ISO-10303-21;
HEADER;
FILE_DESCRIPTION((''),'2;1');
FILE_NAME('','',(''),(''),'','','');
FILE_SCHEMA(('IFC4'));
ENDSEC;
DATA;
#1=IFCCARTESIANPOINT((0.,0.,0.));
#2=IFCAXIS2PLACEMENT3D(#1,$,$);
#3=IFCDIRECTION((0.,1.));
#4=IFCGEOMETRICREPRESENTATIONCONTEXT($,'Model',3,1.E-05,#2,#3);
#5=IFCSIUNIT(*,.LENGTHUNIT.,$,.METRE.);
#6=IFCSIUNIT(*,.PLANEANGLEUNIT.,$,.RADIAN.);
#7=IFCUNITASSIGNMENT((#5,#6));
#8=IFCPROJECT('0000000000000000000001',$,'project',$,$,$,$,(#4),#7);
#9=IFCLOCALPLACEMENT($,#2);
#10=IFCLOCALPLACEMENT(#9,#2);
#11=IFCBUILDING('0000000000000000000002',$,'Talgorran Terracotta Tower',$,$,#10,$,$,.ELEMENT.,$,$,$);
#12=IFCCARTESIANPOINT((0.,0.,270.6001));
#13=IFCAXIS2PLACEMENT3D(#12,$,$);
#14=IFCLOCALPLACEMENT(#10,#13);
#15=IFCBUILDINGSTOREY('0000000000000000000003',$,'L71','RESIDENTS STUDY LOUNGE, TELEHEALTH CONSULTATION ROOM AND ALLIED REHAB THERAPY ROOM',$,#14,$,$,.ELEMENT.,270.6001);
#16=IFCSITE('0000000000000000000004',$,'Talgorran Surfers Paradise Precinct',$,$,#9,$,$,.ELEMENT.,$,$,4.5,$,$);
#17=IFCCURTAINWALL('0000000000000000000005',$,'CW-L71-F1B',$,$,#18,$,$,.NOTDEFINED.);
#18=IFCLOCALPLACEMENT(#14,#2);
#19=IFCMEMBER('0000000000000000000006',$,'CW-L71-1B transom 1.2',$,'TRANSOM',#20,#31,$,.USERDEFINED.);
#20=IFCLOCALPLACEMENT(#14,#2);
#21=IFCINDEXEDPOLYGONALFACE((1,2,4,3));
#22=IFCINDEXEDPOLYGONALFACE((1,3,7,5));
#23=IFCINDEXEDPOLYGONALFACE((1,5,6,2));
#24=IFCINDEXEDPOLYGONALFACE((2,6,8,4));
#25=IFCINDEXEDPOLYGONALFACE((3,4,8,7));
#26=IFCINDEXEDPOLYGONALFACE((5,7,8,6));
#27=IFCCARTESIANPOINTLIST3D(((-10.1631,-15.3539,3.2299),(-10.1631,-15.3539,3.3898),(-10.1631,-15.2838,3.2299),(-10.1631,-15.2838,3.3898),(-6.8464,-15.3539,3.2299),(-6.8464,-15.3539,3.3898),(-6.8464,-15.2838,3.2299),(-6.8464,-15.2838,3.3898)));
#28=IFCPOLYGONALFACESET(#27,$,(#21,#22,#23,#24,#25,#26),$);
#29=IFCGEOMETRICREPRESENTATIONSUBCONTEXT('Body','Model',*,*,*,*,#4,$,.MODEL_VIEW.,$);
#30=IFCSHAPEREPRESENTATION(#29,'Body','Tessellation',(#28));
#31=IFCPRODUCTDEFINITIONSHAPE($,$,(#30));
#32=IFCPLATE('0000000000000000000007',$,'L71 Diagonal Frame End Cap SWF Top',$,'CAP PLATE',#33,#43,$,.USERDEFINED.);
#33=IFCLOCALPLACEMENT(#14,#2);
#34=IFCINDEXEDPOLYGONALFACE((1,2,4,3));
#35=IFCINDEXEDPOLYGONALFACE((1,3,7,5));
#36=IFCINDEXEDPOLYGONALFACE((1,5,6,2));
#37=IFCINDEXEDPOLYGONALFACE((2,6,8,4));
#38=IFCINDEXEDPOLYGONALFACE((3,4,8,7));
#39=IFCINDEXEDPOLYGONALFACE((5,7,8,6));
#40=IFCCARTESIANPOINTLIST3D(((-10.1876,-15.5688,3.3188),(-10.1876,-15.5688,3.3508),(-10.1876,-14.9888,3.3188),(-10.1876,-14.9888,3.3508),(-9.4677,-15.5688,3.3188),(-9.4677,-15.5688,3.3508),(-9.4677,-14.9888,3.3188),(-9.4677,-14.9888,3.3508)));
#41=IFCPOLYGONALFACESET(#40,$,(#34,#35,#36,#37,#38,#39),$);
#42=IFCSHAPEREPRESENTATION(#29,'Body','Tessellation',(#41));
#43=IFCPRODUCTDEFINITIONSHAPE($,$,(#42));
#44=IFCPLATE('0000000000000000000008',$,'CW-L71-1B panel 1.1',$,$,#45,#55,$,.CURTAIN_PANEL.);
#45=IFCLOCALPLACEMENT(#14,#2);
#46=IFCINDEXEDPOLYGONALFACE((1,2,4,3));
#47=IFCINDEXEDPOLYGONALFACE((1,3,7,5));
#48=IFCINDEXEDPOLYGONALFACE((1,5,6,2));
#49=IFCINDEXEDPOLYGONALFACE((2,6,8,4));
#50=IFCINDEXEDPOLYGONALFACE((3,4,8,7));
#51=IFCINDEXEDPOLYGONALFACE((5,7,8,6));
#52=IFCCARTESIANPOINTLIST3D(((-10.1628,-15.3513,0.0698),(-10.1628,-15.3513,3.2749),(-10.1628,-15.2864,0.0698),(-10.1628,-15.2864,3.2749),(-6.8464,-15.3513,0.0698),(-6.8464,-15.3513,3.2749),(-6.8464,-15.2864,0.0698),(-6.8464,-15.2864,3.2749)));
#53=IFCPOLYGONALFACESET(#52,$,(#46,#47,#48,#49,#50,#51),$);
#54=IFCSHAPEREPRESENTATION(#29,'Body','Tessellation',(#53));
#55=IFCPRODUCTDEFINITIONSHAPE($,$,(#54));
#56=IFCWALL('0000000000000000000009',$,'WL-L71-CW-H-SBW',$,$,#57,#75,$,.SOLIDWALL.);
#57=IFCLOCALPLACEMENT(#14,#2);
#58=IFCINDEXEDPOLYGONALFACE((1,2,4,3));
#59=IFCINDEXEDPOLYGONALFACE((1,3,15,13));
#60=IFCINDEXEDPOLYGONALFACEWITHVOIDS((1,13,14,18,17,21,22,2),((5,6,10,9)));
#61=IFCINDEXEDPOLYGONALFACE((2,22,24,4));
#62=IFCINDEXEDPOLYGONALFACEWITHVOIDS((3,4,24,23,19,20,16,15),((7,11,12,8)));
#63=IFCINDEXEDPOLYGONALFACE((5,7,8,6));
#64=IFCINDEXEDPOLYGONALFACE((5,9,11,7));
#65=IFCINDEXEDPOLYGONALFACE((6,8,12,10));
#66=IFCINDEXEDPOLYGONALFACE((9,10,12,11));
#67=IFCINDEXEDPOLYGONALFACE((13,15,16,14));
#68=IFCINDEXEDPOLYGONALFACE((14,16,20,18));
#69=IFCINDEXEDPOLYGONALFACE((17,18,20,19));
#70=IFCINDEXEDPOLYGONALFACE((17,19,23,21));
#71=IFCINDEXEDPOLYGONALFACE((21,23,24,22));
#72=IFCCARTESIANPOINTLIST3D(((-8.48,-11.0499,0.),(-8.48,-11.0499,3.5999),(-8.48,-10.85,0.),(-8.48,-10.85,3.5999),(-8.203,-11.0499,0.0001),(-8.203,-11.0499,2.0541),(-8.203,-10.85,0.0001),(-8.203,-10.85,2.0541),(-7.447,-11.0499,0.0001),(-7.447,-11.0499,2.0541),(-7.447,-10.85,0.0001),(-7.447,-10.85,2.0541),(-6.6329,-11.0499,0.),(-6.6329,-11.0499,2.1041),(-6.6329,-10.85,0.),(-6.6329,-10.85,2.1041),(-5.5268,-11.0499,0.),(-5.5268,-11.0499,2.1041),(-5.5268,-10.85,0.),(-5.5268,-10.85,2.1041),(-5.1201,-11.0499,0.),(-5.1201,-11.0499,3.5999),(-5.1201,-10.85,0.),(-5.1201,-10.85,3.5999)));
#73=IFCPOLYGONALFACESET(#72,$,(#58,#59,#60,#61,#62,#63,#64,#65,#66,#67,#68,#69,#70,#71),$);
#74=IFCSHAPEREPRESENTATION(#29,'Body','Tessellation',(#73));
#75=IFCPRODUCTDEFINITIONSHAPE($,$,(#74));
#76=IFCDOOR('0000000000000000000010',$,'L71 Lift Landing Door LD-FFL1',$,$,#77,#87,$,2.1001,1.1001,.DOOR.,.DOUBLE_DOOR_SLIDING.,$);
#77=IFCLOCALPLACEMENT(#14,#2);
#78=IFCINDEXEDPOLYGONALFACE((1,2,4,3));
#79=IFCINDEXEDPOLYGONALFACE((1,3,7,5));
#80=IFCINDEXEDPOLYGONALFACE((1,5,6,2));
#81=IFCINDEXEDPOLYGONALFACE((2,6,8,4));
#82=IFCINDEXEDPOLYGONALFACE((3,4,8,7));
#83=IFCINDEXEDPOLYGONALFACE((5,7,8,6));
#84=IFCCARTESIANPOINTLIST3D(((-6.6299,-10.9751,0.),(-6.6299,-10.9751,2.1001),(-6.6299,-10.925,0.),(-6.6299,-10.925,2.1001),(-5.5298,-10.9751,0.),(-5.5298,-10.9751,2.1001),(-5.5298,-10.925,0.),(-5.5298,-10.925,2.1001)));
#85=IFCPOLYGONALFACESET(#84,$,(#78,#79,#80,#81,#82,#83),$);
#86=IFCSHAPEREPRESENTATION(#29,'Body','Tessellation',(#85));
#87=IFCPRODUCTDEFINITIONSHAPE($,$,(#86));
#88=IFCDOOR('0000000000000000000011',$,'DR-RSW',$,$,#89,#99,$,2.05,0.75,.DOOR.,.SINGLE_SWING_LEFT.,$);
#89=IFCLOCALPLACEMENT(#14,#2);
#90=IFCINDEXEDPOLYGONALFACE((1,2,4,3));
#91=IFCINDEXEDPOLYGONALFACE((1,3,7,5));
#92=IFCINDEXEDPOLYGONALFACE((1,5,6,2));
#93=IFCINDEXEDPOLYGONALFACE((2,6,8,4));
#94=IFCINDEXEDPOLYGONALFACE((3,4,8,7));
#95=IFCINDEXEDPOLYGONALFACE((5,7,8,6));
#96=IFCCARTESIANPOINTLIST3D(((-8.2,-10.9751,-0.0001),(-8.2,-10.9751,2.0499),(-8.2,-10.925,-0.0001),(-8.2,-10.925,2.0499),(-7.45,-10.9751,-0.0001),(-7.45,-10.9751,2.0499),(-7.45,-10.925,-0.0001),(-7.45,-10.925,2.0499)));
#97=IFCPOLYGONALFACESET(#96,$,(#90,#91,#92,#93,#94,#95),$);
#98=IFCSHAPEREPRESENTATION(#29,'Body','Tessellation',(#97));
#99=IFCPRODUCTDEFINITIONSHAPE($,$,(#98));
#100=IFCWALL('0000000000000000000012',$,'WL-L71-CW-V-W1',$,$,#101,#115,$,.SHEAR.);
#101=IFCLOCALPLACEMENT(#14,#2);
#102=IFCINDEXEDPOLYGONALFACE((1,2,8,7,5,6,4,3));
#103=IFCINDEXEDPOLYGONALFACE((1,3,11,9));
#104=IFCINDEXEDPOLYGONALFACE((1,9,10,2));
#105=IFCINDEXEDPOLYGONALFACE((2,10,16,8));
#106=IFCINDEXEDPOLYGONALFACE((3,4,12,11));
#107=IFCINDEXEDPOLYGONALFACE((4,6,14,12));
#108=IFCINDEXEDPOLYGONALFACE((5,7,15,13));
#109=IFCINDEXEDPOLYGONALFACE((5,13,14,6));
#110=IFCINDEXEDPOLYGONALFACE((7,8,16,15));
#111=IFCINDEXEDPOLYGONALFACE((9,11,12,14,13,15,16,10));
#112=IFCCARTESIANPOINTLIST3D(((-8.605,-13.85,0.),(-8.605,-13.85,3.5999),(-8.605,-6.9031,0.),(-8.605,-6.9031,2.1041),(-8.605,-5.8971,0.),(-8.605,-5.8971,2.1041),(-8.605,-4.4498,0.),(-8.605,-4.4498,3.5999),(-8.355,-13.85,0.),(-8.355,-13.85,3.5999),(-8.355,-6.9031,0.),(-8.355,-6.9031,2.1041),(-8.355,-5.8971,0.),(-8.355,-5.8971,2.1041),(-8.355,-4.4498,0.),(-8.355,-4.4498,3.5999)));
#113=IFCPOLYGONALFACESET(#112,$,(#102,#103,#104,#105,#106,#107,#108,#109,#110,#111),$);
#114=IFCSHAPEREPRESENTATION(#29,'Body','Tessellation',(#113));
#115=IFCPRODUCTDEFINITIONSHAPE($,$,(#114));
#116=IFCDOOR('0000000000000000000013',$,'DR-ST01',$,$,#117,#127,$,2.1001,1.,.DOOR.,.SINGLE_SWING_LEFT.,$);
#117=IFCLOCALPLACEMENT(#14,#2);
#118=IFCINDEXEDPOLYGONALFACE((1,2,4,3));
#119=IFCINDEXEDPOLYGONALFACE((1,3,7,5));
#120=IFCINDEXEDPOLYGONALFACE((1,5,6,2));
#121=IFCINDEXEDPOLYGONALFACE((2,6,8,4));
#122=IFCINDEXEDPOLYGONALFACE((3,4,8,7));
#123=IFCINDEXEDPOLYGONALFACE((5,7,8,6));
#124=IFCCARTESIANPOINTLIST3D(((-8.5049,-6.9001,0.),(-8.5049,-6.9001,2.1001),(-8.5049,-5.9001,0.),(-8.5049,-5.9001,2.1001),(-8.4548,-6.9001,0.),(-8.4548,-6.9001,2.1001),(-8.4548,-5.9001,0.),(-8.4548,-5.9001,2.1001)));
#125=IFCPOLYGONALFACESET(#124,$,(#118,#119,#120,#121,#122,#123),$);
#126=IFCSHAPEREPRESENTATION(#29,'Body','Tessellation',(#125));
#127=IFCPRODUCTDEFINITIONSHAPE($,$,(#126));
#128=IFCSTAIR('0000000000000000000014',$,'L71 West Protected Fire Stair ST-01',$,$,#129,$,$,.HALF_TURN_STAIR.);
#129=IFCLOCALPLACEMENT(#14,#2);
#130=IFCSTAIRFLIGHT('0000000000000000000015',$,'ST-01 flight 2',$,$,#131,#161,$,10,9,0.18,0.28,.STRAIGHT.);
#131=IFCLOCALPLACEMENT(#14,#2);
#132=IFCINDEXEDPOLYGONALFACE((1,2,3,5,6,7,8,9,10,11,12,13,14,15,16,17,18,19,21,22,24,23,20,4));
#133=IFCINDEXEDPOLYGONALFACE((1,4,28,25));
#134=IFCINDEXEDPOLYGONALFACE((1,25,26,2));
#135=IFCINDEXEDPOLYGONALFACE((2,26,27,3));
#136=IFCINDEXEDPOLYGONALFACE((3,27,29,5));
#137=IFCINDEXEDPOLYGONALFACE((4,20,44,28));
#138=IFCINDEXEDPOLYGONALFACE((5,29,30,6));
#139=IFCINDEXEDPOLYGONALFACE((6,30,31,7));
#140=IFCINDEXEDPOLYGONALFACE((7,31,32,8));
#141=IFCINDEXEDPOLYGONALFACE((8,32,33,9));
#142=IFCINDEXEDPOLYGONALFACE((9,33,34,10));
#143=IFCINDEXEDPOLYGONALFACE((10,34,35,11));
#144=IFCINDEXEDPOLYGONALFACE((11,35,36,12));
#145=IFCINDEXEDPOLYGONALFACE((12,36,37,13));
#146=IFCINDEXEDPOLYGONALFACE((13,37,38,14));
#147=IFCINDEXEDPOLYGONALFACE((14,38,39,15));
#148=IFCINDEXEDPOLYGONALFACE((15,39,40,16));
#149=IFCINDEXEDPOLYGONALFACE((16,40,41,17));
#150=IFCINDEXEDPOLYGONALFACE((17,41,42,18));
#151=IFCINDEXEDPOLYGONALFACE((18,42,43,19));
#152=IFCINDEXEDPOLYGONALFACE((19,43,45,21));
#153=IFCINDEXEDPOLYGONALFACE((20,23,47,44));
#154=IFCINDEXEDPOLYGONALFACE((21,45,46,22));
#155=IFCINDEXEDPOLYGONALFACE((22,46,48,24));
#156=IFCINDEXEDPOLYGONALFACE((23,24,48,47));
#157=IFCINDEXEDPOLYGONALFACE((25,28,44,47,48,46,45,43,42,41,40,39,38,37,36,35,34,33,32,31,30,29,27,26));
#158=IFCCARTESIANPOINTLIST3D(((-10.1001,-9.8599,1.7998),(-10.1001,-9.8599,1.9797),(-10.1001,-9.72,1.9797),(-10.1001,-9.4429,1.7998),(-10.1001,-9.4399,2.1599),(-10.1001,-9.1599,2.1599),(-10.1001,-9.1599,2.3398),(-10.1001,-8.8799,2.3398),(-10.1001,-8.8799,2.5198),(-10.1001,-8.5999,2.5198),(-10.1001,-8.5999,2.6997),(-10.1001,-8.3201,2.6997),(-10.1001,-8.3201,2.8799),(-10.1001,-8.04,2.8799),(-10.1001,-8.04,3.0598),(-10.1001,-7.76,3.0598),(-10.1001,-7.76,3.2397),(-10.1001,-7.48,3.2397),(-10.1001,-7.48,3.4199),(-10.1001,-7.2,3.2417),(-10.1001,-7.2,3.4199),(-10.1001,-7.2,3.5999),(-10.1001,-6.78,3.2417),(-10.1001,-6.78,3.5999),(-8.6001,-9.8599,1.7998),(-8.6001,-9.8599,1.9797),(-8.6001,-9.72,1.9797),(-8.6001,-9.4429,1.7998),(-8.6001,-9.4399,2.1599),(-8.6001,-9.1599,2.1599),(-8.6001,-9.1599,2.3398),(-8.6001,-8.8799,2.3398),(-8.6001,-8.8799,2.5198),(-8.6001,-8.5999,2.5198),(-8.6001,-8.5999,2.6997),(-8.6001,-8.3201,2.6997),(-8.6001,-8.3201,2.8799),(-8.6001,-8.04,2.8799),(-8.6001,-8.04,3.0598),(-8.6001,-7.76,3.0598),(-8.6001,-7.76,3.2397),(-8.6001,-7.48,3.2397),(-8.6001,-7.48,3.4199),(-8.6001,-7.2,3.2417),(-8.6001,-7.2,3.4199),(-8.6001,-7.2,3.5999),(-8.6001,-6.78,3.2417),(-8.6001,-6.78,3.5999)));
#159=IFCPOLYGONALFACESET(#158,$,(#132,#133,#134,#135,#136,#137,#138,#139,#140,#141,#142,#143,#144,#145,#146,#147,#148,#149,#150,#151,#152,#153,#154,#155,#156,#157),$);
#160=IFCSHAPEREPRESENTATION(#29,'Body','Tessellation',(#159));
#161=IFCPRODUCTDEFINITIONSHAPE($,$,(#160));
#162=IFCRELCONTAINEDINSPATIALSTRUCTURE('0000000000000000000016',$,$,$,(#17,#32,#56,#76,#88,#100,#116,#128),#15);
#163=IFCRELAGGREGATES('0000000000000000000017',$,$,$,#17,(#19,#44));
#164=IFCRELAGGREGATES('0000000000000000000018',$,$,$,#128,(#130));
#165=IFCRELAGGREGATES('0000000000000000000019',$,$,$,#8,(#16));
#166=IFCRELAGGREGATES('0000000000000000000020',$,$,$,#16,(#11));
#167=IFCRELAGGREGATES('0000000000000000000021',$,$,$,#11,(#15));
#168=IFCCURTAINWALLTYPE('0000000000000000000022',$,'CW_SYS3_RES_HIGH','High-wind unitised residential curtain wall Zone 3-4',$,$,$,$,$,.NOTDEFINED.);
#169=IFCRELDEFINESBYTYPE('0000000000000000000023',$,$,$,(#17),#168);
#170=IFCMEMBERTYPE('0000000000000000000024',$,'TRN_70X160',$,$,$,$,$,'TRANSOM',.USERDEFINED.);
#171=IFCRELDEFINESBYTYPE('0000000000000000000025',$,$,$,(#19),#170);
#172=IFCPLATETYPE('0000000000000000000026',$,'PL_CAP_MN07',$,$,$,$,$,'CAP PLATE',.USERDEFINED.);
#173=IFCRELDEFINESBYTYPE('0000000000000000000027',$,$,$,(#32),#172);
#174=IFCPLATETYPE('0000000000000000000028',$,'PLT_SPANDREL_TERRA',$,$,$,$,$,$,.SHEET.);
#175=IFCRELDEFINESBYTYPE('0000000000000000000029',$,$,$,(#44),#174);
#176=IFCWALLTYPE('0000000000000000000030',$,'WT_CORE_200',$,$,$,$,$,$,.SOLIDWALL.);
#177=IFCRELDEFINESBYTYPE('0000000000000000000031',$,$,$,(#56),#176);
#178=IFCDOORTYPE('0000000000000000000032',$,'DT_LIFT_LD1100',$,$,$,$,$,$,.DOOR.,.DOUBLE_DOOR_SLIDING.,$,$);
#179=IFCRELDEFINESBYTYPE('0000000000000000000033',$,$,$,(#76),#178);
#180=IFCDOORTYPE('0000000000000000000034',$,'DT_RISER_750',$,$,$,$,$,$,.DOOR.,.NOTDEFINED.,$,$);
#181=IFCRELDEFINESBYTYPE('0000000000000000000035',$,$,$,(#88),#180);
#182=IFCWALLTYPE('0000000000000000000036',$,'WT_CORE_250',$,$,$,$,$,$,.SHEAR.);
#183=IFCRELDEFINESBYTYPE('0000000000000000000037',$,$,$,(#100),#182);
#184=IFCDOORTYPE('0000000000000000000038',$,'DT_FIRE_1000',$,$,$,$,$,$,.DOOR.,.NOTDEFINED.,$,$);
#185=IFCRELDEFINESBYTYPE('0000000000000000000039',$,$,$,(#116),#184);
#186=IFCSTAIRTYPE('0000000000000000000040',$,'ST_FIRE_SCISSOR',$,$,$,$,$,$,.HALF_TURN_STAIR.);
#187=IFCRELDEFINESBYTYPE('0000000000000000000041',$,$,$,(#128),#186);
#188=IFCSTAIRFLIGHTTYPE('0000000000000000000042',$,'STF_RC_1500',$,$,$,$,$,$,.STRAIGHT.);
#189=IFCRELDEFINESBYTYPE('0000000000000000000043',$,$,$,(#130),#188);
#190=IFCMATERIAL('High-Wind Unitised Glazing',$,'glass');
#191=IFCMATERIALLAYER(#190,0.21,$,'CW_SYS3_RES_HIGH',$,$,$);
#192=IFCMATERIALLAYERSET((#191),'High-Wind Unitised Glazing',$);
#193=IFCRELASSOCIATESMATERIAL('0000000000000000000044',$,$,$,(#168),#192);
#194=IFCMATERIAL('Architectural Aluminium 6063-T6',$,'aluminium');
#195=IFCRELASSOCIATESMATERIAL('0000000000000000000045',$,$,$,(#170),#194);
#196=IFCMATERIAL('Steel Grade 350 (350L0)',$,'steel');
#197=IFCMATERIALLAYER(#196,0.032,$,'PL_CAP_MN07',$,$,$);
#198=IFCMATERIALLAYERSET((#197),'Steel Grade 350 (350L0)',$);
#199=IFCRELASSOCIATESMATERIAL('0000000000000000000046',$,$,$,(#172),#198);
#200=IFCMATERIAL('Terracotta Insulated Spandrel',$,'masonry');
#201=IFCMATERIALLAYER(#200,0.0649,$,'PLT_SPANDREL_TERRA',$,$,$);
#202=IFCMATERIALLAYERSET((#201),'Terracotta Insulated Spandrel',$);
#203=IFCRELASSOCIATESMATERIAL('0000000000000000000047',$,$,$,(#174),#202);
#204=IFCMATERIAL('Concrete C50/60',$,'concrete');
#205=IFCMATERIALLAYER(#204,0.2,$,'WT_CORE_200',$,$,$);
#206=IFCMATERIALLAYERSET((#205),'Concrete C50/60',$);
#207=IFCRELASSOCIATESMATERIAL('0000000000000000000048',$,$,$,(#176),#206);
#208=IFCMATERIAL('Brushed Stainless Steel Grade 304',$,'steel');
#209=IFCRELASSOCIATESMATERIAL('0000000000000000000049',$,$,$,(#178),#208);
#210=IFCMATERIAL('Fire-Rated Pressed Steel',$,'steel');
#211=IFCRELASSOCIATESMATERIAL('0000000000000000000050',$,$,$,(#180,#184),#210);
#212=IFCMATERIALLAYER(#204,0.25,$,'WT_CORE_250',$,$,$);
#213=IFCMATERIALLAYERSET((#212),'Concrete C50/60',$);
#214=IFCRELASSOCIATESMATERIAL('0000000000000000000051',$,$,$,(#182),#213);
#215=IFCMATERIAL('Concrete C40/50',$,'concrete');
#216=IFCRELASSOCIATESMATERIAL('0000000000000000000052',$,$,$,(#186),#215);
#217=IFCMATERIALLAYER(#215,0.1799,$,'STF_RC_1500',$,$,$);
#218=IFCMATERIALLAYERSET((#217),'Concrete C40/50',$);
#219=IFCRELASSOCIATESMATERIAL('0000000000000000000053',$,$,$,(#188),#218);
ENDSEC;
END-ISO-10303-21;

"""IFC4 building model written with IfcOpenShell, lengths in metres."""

from ifc_helpers import new_model, si_unit, direction, frame, frame_2d, origin, origin_2d, place, context, subcontext, project, spatial, polyline, rectangle, outline, extrude, source, transform, mapped, material, layer, layer_set, material_profile, profile_set, type_object, type_shapes, element, fill, aggregate, save


model = new_model("IFC4")

# Units and contexts
model_context = context("Model", 3, precision=1e-05, world=origin(), true_north=direction((0.0, 1.0)))
body_context = subcontext(model_context, "Body", "Model", "MODEL_VIEW")
ifc_project = project(units=[si_unit("LENGTHUNIT", "METRE"), si_unit("PLANEANGLEUNIT", "RADIAN")], contexts=[model_context])

# Site, building, storey
site_placement = place(None, origin())
site = spatial("IfcSite", under=ifc_project, at=site_placement, Name="Talgorran Surfers Paradise Precinct", CompositionType="ELEMENT", RefElevation=4.5)
building_placement = place(site_placement, origin())
building = spatial("IfcBuilding", under=site, at=building_placement, Name="Talgorran Terracotta Tower", CompositionType="ELEMENT")
storey_placement = place(building_placement, frame((0.0, 0.0, 270.6001)))
storey = spatial("IfcBuildingStorey", under=building, at=storey_placement, Name="L71", Description="RESIDENTS STUDY LOUNGE, TELEHEALTH CONSULTATION ROOM AND ALLIED REHAB THERAPY ROOM", CompositionType="ELEMENT", Elevation=270.6001)

# Shared definitions
ifc_material_1 = material(Name="Concrete C50/60", Category="concrete")

# Shared definitions
ifc_material_2 = material(Name="Steel Grade 350 (350L0)", Category="steel")

# Shared definitions
ifc_material_3 = material(Name="High-Wind Unitised Glazing", Category="glass")
ifc_layer_1 = layer(ifc_material_3, 0.21, Name="CW_SYS3_RES_HIGH")
ifc_layer_set_1 = layer_set([ifc_layer_1], Name="High-Wind Unitised Glazing")
curtain_wall_type = type_object("IfcCurtainWallType", Name="CW_SYS3_RES_HIGH", Description="High-wind unitised residential curtain wall Zone 3-4", PredefinedType="NOTDEFINED", material=ifc_layer_set_1)
ifc_material_4 = material(Name="Architectural Aluminium 6063-T6", Category="aluminium")

# Curtain wall, member
curtain_wall_1_placement = place(storey_placement, origin())
curtain_wall_1 = element("IfcCurtainWall", 1, at=curtain_wall_1_placement, inside=storey, type_object=curtain_wall_type, Name="CW-L71-F1B", PredefinedType="NOTDEFINED")
ifc_material_profile_1 = material_profile(ifc_material_4, rectangle(XDim=0.0701, YDim=0.1599, at=origin_2d()), Name="CWT70X160")
ifc_profile_set_1 = profile_set([ifc_material_profile_1], Name="Architectural Aluminium 6063-T6")
member_type_1 = type_object("IfcMemberType", Name="TRN_70X160", ElementType="TRANSOM", PredefinedType="USERDEFINED", material=ifc_profile_set_1)
member_1_placement = place(storey_placement, frame((-10.1631, -15.3188, 3.3098), z_axis=(1.0, 0.0, 0.0), x_axis=(0.0, 1.0, 0.0)))
member_1 = element("IfcMember", 2, at=member_1_placement, type_object=member_type_1, Name="CW-L71-1B transom 1.2", ObjectType="TRANSOM", PredefinedType="USERDEFINED", context=body_context, shape_type="SweptSolid", body=[
    extrude(rectangle(XDim=0.0701, YDim=0.1599, at=origin_2d()), origin(), (0.0, 0.0, 1.0), 3.3167),
])

# Plates
ifc_layer_2 = layer(ifc_material_2, 0.032, Name="PL_CAP_MN07")
ifc_layer_set_2 = layer_set([ifc_layer_2], Name="Steel Grade 350 (350L0)")
plate_type_1 = type_object("IfcPlateType", Name="PL_CAP_MN07", ElementType="CAP PLATE", PredefinedType="USERDEFINED", material=ifc_layer_set_2)
plate_1_placement = place(storey_placement, frame((-9.8276, -15.2788, 3.3188), z_axis=(0.0, 0.0, 1.0), x_axis=(-1.0, 0.0, 0.0)))
element("IfcPlate", 3, at=plate_1_placement, inside=storey, type_object=plate_type_1, Name="L71 Diagonal Frame End Cap SWF Top", ObjectType="CAP PLATE", PredefinedType="USERDEFINED", context=body_context, shape_type="SweptSolid", body=[
    extrude(rectangle(XDim=0.72, YDim=0.5801, at=origin_2d()), origin(), (0.0, 0.0, 1.0), 0.032),
])
ifc_material_5 = material(Name="Terracotta Insulated Spandrel", Category="masonry")
ifc_layer_3 = layer(ifc_material_5, 0.0649, Name="PLT_SPANDREL_TERRA")
ifc_layer_set_3 = layer_set([ifc_layer_3], Name="Terracotta Insulated Spandrel")
plate_type_2 = type_object("IfcPlateType", Name="PLT_SPANDREL_TERRA", PredefinedType="SHEET", material=ifc_layer_set_3)
shared_shape = source(origin(), body_context, "Body", "SweptSolid", [
    extrude(rectangle(XDim=3.3164, YDim=0.0649, at=origin_2d()), origin(), (0.0, 0.0, 1.0), 3.2051),
])
type_shapes(plate_type_2, [shared_shape])
plate_2_placement = place(storey_placement, frame((-8.5046, -15.3188, 0.0698), z_axis=(0.0, 0.0, 1.0), x_axis=(1.0, 0.0, 0.0)))
plate_2 = element("IfcPlate", 4, at=plate_2_placement, type_object=plate_type_2, Name="CW-L71-1B panel 1.1", PredefinedType="CURTAIN_PANEL", context=body_context, shape_type="MappedRepresentation", body=[
    mapped(shared_shape, transform((0.0, 0.0, 0.0), scale=1.0)),
])
aggregate(curtain_wall_1, [member_1, plate_2])

# Wall, openings, doors
ifc_layer_4 = layer(ifc_material_1, 0.2, Name="WT_CORE_200")
ifc_layer_set_4 = layer_set([ifc_layer_4], Name="Concrete C50/60")
wall_type_1 = type_object("IfcWallType", Name="WT_CORE_200", PredefinedType="SOLIDWALL", material=ifc_layer_set_4)
wall_1_placement = place(storey_placement, frame((-8.48, -10.95, 0.0), z_axis=(0.0, 0.0, 1.0), x_axis=(1.0, 0.0, 0.0)))
wall_1 = element("IfcWall", 5, at=wall_1_placement, inside=storey, type_object=wall_type_1, Name="WL-L71-CW-H-SBW", PredefinedType="SOLIDWALL", context=body_context, shape_type="SweptSolid", body=[
    extrude(rectangle(XDim=3.3599, YDim=0.2, at=frame_2d((1.6799, 0.0))), origin(), (0.0, 0.0, 1.0), 3.5999),
])
opening_1_placement = place(wall_1_placement, frame((0.28, 0.0, 0.0)))
opening_1 = element("IfcOpeningElement", 6, at=opening_1_placement, cuts=wall_1, PredefinedType="OPENING", context=body_context, shape_type="SweptSolid", body=[
    extrude(rectangle(XDim=0.756, YDim=2.054, at=frame_2d((0.375, 1.0271))), frame((0.0, 0.1099, 0.0), z_axis=(0.0, -1.0, 0.0), x_axis=(1.0, 0.0, 0.0)), (0.0, 0.0, 1.0), 0.22),
])
opening_2_placement = place(wall_1_placement, frame((1.8501, 0.0, 0.0)))
opening_2 = element("IfcOpeningElement", 7, at=opening_2_placement, cuts=wall_1, PredefinedType="OPENING", context=body_context, shape_type="SweptSolid", body=[
    extrude(rectangle(XDim=1.1061, YDim=2.1041, at=frame_2d((0.55, 1.052))), frame((0.0, 0.1099, 0.0), z_axis=(0.0, -1.0, 0.0), x_axis=(1.0, 0.0, 0.0)), (0.0, 0.0, 1.0), 0.22),
])
ifc_material_6 = material(Name="Brushed Stainless Steel Grade 304", Category="steel")
door_type_1 = type_object("IfcDoorType", Name="DT_LIFT_LD1100", OperationType="DOUBLE_DOOR_SLIDING", PredefinedType="DOOR", material=ifc_material_6)
door_1_placement = place(opening_2_placement, origin())
door_1 = element("IfcDoor", 8, at=door_1_placement, inside=storey, type_object=door_type_1, Name="L71 Lift Landing Door LD-FFL1", OperationType="DOUBLE_DOOR_SLIDING", OverallHeight=2.1001, OverallWidth=1.1001, PredefinedType="DOOR", context=body_context, shape_type="SweptSolid", body=[
    extrude(rectangle(XDim=1.1001, YDim=2.1001, at=frame_2d((0.55, 1.05))), frame((0.0, 0.0249, 0.0), z_axis=(0.0, -1.0, 0.0), x_axis=(1.0, 0.0, 0.0)), (0.0, 0.0, 1.0), 0.05),
])
fill(opening_2, door_1)
ifc_material_7 = material(Name="Fire-Rated Pressed Steel", Category="steel")
door_type_2 = type_object("IfcDoorType", Name="DT_RISER_750", OperationType="NOTDEFINED", PredefinedType="DOOR", material=ifc_material_7)
door_2_placement = place(opening_1_placement, origin())
door_2 = element("IfcDoor", 9, at=door_2_placement, inside=storey, type_object=door_type_2, Name="DR-RSW", OperationType="SINGLE_SWING_LEFT", OverallHeight=2.05, OverallWidth=0.75, PredefinedType="DOOR", context=body_context, shape_type="SweptSolid", body=[
    extrude(rectangle(XDim=0.75, YDim=2.05, at=frame_2d((0.375, 1.0249))), frame((0.0, 0.0249, 0.0), z_axis=(0.0, -1.0, 0.0), x_axis=(1.0, 0.0, 0.0)), (0.0, 0.0, 1.0), 0.05),
])
fill(opening_1, door_2)

# Wall, opening, door
ifc_layer_5 = layer(ifc_material_1, 0.25, Name="WT_CORE_250")
ifc_layer_set_5 = layer_set([ifc_layer_5], Name="Concrete C50/60")
wall_type_2 = type_object("IfcWallType", Name="WT_CORE_250", PredefinedType="SHEAR", material=ifc_layer_set_5)
wall_2_placement = place(storey_placement, frame((-8.48, -13.8501, 0.0), z_axis=(0.0, 0.0, 1.0), x_axis=(0.0, 1.0, 0.0)))
wall_2 = element("IfcWall", 10, at=wall_2_placement, inside=storey, type_object=wall_type_2, Name="WL-L71-CW-V-W1", PredefinedType="SHEAR", context=body_context, shape_type="SweptSolid", body=[
    extrude(rectangle(XDim=9.4001, YDim=0.25, at=frame_2d((4.7002, 0.0))), origin(), (0.0, 0.0, 1.0), 3.5999),
])
opening_3_placement = place(wall_2_placement, frame((6.95, 0.0, 0.0)))
opening_3 = element("IfcOpeningElement", 11, at=opening_3_placement, cuts=wall_2, PredefinedType="OPENING", context=body_context, shape_type="SweptSolid", body=[
    extrude(rectangle(XDim=1.006, YDim=2.1041, at=frame_2d((0.5, 1.052))), frame((0.0, 0.135, 0.0), z_axis=(0.0, -1.0, 0.0), x_axis=(1.0, 0.0, 0.0)), (0.0, 0.0, 1.0), 0.27),
])
door_type_3 = type_object("IfcDoorType", Name="DT_FIRE_1000", OperationType="NOTDEFINED", PredefinedType="DOOR", material=ifc_material_7)
door_3_placement = place(opening_3_placement, origin())
door_3 = element("IfcDoor", 12, at=door_3_placement, inside=storey, type_object=door_type_3, Name="DR-ST01", OperationType="SINGLE_SWING_LEFT", OverallHeight=2.1001, OverallWidth=1.0, PredefinedType="DOOR", context=body_context, shape_type="SweptSolid", body=[
    extrude(rectangle(XDim=1.0, YDim=2.1001, at=frame_2d((0.5, 1.05))), frame((0.0, 0.0249, 0.0), z_axis=(0.0, -1.0, 0.0), x_axis=(1.0, 0.0, 0.0)), (0.0, 0.0, 1.0), 0.05),
])
fill(opening_3, door_3)

# Stair, stair flight
ifc_material_8 = material(Name="Concrete C40/50", Category="concrete")
stair_type = type_object("IfcStairType", Name="ST_FIRE_SCISSOR", PredefinedType="HALF_TURN_STAIR", material=ifc_material_8)
stair_placement = place(storey_placement, origin())
stair = element("IfcStair", 13, at=stair_placement, inside=storey, type_object=stair_type, Name="L71 West Protected Fire Stair ST-01", PredefinedType="HALF_TURN_STAIR")
ifc_layer_6 = layer(ifc_material_8, 0.1799, Name="STF_RC_1500")
ifc_layer_set_6 = layer_set([ifc_layer_6], Name="Concrete C40/50")
stair_flight_type = type_object("IfcStairFlightType", Name="STF_RC_1500", PredefinedType="STRAIGHT", material=ifc_layer_set_6)
stair_flight_placement = place(storey_placement, frame((-9.3501, -9.72, 1.7998), z_axis=(0.0, 0.0, 1.0), x_axis=(0.0, 1.0, 0.0)))
stair_flight = element("IfcStairFlight", 14, at=stair_flight_placement, type_object=stair_flight_type, Name="ST-01 flight 2", NumberOfRisers=10, NumberOfTreads=9, PredefinedType="STRAIGHT", RiserHeight=0.18, TreadLength=0.28, context=body_context, shape_type="SweptSolid", body=[
    extrude(outline(polyline([(-0.1399, 0.0), (-0.1399, 0.1799), (0.0, 0.1799), (0.28, 0.3601), (0.5601, 0.3601), (0.5601, 0.54), (0.8401, 0.54), (0.8401, 0.72), (1.1201, 0.72), (1.1201, 0.8999), (1.3999, 0.8999), (1.3999, 1.0801), (1.6799, 1.0801), (1.6799, 1.26), (1.96, 1.26), (1.96, 1.4399), (2.24, 1.4399), (2.24, 1.6201), (2.52, 1.6201), (2.52, 1.8), (2.9399, 1.8), (2.9399, 1.4419), (2.52, 1.4419), (0.2771, 0.0), (-0.1399, 0.0)])), frame((0.0, 0.75, 0.0), z_axis=(0.0, -1.0, 0.0), x_axis=(1.0, 0.0, 0.0)), (0.0, 0.0, 1.0), 1.5),
])
aggregate(stair, [stair_flight])

save(model, "model.ifc")
